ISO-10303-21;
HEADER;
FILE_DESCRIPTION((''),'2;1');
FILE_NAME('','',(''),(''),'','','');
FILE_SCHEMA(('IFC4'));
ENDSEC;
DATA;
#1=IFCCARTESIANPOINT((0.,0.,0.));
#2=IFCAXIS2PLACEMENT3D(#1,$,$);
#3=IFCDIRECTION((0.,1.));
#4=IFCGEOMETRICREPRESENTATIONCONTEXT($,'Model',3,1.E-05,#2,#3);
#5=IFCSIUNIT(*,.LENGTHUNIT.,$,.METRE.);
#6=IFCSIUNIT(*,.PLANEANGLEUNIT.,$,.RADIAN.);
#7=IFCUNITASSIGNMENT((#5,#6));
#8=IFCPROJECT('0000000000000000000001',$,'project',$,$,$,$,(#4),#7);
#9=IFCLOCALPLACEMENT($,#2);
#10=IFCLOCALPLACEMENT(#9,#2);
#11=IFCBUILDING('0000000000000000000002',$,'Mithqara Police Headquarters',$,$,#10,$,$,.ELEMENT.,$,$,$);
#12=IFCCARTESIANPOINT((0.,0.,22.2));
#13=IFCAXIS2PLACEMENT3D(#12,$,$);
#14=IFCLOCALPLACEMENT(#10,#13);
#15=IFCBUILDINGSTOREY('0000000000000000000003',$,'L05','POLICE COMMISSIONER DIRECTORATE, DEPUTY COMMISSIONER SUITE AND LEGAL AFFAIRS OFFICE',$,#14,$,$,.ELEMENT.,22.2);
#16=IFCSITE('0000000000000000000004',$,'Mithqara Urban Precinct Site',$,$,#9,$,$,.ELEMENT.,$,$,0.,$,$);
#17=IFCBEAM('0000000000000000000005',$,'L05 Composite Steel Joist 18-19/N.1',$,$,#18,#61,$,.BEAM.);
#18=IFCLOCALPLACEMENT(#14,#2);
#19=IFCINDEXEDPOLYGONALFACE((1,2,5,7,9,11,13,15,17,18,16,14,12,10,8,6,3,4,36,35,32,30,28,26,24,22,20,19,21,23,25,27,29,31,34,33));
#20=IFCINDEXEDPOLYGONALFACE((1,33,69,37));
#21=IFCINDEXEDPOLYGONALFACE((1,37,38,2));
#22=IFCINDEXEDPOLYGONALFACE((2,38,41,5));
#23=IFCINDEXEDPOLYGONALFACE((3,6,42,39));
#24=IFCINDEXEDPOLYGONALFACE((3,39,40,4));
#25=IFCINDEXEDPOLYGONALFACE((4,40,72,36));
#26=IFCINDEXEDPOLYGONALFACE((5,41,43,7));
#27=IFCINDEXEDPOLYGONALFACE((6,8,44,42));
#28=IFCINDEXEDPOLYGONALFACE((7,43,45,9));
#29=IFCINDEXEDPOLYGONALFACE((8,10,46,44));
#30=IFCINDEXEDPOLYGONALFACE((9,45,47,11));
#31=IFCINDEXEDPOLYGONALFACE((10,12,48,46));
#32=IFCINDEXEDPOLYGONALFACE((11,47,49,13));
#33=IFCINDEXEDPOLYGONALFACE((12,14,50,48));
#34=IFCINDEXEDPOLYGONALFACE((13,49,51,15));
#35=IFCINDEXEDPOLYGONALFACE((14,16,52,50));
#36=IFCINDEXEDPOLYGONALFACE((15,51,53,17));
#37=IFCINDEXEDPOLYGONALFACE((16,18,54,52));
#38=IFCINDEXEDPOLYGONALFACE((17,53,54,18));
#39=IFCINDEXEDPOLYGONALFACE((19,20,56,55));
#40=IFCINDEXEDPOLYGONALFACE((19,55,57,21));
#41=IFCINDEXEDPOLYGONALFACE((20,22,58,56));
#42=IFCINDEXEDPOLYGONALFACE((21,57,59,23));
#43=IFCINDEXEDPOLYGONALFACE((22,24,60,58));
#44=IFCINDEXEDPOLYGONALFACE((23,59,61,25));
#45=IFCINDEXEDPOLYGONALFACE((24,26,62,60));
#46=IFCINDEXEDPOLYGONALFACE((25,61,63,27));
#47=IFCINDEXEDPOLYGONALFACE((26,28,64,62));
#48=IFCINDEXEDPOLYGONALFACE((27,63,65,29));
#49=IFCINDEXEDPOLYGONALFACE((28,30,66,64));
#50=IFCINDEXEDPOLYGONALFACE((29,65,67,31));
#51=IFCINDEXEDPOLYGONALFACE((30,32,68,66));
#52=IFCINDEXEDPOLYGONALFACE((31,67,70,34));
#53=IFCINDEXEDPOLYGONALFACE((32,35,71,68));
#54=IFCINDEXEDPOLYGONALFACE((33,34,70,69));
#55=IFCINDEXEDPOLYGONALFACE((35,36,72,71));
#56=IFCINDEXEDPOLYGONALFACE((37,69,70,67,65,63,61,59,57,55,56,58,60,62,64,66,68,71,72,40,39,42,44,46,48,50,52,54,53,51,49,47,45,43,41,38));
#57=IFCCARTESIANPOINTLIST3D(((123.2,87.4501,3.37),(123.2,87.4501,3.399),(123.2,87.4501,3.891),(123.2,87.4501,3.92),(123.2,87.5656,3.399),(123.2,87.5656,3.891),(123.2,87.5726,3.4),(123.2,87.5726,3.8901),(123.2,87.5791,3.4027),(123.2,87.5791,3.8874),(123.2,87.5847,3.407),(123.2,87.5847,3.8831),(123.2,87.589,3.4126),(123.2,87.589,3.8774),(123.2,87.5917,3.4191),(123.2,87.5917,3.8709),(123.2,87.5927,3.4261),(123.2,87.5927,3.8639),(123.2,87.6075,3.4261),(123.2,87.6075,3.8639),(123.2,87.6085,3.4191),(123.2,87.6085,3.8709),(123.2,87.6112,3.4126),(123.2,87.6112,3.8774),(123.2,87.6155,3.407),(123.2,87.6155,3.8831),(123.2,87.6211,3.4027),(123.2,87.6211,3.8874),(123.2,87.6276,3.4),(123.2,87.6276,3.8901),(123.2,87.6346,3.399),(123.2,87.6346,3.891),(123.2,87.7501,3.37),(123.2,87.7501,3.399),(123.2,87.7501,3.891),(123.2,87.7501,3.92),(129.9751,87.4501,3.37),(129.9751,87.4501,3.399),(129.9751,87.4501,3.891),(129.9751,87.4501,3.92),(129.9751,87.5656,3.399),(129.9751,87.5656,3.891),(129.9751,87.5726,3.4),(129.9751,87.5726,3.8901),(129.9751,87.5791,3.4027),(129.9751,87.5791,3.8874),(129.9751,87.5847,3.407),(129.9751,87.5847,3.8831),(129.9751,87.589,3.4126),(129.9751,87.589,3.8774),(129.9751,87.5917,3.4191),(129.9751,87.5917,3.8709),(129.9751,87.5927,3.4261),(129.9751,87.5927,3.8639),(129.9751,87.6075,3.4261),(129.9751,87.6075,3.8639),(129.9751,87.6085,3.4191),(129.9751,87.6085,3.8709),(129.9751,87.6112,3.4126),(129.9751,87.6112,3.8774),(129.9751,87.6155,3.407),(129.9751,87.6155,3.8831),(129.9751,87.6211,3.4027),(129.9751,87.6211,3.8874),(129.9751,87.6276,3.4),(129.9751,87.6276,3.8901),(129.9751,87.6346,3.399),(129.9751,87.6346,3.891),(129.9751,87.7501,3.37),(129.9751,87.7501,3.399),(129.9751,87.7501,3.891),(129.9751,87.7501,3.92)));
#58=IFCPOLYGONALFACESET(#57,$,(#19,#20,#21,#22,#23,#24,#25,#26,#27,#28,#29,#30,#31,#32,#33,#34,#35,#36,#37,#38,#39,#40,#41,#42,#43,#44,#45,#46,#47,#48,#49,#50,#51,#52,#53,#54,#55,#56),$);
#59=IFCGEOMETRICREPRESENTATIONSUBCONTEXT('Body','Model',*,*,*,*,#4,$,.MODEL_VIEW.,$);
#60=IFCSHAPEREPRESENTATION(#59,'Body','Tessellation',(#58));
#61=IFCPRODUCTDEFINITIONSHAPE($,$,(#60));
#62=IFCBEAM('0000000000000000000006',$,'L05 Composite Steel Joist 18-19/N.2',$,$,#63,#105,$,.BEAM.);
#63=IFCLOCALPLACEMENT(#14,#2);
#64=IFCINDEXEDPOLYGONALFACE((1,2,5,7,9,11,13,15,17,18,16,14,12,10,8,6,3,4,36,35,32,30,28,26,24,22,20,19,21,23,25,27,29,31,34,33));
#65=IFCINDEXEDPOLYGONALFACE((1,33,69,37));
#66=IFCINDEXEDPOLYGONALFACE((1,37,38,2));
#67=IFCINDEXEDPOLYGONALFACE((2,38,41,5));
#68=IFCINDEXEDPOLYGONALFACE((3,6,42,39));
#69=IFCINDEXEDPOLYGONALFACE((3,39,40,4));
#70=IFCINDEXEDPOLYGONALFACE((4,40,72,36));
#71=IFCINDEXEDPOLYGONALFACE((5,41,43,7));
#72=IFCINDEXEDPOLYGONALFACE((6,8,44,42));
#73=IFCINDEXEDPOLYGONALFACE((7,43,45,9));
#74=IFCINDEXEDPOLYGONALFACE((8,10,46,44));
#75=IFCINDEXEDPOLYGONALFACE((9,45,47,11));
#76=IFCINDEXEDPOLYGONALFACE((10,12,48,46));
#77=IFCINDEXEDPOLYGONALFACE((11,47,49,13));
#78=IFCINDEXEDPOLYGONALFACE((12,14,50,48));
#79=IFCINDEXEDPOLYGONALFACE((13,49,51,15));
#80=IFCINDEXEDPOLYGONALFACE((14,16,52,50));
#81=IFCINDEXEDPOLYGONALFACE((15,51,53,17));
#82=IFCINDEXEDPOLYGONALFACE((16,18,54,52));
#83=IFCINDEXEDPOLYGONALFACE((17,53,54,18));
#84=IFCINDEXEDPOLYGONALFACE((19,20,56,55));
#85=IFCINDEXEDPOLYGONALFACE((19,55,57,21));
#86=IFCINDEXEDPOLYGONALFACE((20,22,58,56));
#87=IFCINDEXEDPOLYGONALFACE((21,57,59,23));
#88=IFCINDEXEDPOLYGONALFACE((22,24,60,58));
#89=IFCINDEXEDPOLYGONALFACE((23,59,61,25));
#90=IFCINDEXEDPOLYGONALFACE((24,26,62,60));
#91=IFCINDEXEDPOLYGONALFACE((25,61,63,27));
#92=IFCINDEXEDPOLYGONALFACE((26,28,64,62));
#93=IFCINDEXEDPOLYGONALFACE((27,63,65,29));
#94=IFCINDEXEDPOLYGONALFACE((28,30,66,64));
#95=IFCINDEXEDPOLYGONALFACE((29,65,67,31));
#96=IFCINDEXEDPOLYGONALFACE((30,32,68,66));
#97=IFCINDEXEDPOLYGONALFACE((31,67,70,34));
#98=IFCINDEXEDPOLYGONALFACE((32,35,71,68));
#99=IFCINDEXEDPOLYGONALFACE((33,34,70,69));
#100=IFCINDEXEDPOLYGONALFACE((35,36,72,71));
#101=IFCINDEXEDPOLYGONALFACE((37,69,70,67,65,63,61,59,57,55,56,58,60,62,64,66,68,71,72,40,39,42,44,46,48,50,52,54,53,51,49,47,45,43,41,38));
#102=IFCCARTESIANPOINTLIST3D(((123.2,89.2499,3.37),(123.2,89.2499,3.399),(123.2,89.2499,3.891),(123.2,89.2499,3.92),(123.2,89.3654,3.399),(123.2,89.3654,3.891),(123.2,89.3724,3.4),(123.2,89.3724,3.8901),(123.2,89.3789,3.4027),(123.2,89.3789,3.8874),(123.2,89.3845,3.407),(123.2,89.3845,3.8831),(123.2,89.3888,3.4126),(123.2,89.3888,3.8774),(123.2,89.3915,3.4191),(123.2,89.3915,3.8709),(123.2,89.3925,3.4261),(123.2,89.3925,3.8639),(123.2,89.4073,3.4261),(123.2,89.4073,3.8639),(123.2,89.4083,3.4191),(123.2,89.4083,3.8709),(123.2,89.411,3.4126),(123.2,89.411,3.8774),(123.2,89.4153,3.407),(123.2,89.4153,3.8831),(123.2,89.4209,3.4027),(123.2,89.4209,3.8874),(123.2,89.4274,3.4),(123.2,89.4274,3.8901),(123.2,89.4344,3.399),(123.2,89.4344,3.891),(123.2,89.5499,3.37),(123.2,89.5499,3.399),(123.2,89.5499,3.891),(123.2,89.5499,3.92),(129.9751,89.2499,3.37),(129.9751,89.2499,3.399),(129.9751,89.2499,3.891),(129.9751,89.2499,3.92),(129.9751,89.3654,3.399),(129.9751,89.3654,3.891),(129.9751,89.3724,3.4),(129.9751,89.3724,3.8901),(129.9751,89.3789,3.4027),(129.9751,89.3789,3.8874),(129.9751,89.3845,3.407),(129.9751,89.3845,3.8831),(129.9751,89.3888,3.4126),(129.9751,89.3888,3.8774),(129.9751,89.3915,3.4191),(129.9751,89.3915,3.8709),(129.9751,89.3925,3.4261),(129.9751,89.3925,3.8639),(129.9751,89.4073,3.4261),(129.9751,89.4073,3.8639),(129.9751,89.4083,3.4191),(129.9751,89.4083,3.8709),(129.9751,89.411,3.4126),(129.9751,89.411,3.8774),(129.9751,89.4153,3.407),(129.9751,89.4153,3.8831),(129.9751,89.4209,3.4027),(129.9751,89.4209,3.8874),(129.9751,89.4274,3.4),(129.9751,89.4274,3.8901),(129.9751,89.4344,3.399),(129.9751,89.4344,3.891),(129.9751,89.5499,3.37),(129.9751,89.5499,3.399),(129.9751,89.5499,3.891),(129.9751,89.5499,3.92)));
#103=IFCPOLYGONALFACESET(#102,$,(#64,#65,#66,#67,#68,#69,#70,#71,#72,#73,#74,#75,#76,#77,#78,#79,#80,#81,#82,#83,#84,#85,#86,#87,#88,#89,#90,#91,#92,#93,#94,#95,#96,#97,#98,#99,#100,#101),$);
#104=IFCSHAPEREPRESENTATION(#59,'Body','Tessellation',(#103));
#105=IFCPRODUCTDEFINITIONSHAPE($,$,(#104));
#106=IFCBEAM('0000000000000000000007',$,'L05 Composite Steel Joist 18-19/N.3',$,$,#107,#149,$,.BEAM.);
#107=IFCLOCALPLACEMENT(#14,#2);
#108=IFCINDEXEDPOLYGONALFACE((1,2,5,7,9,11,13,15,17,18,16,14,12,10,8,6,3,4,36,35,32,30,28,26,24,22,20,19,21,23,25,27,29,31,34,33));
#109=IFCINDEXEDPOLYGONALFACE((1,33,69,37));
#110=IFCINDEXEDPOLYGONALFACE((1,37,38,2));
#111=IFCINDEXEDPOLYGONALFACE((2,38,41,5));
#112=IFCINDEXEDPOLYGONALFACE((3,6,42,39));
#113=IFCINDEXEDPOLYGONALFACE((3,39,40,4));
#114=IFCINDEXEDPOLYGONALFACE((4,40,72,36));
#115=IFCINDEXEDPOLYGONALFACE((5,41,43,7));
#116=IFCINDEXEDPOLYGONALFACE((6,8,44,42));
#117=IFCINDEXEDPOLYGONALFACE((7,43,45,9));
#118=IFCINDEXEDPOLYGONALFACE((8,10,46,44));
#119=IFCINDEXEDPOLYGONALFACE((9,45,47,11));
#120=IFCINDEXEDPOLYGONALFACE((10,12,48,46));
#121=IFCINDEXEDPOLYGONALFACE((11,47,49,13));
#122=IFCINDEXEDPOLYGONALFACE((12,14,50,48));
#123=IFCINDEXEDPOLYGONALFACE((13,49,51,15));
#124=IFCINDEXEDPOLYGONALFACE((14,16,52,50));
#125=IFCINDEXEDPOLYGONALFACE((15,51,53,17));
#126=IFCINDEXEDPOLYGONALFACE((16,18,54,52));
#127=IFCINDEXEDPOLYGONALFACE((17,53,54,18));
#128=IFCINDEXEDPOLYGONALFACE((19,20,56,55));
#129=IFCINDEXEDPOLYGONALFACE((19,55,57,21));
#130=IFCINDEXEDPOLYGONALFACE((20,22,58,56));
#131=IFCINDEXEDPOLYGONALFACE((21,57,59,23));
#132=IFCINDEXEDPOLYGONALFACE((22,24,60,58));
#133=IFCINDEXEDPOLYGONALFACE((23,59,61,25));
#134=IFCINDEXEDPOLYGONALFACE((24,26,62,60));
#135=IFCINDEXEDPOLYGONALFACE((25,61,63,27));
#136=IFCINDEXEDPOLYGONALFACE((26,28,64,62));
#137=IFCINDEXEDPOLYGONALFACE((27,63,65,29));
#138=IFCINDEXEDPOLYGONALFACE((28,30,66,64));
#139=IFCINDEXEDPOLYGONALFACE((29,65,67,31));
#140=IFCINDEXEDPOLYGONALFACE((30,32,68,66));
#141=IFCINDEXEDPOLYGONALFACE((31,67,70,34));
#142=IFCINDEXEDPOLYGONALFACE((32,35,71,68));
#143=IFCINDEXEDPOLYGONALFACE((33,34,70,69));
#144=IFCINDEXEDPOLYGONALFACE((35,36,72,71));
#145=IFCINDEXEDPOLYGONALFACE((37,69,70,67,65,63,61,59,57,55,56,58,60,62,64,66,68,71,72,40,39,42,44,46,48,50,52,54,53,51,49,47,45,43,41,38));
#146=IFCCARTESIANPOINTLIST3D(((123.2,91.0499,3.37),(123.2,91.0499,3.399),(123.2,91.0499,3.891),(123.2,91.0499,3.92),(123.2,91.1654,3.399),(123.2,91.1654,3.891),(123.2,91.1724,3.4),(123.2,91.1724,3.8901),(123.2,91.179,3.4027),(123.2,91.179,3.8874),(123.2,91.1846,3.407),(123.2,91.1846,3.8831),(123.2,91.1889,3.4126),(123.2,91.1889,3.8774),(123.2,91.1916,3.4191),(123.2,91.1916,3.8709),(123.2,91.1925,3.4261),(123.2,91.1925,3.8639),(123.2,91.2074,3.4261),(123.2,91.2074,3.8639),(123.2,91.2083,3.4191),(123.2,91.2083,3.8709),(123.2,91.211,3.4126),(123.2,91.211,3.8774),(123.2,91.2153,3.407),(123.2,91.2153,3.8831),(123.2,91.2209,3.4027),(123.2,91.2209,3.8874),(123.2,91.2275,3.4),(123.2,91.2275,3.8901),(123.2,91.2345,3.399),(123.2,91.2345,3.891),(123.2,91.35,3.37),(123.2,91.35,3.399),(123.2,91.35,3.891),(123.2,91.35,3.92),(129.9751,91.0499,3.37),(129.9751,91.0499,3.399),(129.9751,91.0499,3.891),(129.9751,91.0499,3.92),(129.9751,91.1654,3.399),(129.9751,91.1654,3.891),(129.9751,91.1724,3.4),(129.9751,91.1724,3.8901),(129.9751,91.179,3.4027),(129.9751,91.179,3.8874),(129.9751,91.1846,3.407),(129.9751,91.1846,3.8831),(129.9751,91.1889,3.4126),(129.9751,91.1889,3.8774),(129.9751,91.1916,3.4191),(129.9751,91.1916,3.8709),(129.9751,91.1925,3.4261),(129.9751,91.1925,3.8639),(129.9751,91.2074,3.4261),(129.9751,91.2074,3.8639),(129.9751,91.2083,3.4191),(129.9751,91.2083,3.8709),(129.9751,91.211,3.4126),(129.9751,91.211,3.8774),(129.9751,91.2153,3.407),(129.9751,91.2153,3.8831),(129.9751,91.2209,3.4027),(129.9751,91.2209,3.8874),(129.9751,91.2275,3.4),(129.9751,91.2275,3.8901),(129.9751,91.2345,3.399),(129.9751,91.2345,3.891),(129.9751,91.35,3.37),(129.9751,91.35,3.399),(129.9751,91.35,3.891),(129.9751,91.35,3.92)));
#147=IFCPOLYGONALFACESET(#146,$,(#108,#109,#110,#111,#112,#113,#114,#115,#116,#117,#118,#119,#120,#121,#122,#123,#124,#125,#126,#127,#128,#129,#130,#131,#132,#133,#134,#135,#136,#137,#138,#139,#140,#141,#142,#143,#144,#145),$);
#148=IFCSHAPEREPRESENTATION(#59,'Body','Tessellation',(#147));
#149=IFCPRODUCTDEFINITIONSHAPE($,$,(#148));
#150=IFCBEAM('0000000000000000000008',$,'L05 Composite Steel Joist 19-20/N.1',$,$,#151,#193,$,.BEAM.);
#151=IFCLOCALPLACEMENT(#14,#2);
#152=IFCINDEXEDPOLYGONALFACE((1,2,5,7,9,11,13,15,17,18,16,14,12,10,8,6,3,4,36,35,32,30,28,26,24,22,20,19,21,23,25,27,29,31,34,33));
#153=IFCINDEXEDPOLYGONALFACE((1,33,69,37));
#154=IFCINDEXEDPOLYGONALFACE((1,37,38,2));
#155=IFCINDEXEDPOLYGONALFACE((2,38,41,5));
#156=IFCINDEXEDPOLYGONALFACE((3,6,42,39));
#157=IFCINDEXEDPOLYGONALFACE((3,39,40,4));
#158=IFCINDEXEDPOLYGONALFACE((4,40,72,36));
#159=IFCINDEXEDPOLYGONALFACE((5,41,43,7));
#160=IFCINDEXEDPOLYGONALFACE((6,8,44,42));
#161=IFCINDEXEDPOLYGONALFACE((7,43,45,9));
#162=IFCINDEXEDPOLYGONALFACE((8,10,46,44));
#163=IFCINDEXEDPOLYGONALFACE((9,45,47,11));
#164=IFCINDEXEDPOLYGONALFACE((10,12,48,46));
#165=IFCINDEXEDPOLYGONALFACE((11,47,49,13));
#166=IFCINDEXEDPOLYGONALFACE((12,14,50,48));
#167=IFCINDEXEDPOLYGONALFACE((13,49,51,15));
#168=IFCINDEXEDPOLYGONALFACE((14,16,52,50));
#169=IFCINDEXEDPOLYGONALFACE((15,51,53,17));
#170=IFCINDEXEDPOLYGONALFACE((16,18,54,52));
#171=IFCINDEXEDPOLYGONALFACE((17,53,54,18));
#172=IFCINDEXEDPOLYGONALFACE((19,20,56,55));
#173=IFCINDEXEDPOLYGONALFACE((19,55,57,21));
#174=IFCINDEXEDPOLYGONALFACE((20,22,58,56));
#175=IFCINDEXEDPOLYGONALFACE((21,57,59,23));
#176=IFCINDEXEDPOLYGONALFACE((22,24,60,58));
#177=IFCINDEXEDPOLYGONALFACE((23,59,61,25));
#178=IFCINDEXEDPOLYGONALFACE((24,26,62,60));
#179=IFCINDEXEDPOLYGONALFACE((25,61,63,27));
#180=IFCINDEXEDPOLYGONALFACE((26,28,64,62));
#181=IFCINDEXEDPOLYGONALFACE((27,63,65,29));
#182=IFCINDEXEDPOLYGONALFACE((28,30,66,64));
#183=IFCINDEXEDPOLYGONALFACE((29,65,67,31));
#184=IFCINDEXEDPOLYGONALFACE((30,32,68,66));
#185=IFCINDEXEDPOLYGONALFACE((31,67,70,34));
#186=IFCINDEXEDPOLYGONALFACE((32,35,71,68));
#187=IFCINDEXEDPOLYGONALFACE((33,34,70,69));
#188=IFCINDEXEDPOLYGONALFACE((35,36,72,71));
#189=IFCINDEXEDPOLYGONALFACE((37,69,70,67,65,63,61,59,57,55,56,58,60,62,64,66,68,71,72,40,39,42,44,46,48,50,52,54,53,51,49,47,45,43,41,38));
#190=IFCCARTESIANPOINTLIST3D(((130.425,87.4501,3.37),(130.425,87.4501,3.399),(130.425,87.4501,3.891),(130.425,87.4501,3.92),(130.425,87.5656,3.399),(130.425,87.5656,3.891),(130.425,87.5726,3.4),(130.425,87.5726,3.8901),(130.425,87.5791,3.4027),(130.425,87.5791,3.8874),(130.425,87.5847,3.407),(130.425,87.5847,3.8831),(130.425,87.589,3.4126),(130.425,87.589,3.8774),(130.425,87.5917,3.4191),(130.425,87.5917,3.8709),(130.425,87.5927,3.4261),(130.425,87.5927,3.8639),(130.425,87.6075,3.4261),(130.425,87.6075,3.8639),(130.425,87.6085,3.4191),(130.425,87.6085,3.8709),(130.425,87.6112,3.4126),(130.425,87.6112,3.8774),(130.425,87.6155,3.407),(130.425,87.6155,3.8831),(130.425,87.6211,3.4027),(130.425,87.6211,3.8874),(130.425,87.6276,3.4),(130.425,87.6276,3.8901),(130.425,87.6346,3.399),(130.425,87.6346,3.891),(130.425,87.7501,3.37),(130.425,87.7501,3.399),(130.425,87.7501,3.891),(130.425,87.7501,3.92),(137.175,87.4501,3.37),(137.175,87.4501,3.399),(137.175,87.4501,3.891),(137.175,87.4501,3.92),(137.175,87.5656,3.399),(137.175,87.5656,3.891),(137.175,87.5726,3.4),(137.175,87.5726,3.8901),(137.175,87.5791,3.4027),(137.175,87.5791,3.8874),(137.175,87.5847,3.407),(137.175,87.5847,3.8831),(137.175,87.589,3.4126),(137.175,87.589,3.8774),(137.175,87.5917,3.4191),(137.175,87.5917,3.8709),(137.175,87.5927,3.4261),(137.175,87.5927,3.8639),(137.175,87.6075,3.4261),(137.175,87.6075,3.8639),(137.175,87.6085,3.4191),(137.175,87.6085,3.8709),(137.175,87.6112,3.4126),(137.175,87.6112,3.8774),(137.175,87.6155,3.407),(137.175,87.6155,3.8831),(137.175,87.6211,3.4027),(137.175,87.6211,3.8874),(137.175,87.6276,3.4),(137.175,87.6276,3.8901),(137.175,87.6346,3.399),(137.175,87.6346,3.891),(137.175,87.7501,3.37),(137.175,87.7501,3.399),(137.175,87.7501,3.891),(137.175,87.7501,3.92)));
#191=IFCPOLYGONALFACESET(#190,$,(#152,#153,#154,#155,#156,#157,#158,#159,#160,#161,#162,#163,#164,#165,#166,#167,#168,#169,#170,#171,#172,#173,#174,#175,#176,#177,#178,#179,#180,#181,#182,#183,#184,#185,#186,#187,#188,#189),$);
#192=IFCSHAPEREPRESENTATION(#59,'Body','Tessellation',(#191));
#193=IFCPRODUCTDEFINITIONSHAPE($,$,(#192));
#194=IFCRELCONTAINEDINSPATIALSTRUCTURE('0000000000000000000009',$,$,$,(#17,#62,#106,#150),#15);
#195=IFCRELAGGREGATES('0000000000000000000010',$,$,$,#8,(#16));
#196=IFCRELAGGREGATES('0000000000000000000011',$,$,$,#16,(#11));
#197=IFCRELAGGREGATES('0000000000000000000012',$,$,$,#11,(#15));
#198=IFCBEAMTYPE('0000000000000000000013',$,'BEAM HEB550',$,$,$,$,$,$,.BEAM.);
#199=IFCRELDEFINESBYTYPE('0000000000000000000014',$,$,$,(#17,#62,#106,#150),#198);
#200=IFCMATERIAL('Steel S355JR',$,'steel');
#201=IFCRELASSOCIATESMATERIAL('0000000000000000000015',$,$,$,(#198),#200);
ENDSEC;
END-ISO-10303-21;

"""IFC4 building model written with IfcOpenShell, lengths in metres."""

from ifc_helpers import new_model, si_unit, direction, frame, origin, origin_2d, place, context, subcontext, project, spatial, i_section, extrude, material, material_profile, profile_set, type_object, element, save


model = new_model("IFC4")

# Units and contexts
model_context = context("Model", 3, precision=1e-05, world=origin(), true_north=direction((0.0, 1.0)))
body_context = subcontext(model_context, "Body", "Model", "MODEL_VIEW")
ifc_project = project(units=[si_unit("LENGTHUNIT", "METRE"), si_unit("PLANEANGLEUNIT", "RADIAN")], contexts=[model_context])

# Site, building, storey
site_placement = place(None, origin())
site = spatial("IfcSite", under=ifc_project, at=site_placement, Name="Mithqara Urban Precinct Site", CompositionType="ELEMENT", RefElevation=0.0)
building_placement = place(site_placement, origin())
building = spatial("IfcBuilding", under=site, at=building_placement, Name="Mithqara Police Headquarters", CompositionType="ELEMENT")
storey_placement = place(building_placement, frame((0.0, 0.0, 22.2)))
storey = spatial("IfcBuildingStorey", under=building, at=storey_placement, Name="L05", Description="POLICE COMMISSIONER DIRECTORATE, DEPUTY COMMISSIONER SUITE AND LEGAL AFFAIRS OFFICE", CompositionType="ELEMENT", Elevation=22.2)

# Beams
ifc_material_1 = material(Name="Steel S355JR", Category="steel")
ifc_material_profile_1 = material_profile(ifc_material_1, i_section(OverallWidth=0.3, OverallDepth=0.55, WebThickness=0.0149, FlangeThickness=0.0291, FilletRadius=0.0271, at=origin_2d()), Name="HEB 550")
ifc_profile_set_1 = profile_set([ifc_material_profile_1], Name="Steel S355JR")
beam_type_1 = type_object("IfcBeamType", Name="BEAM HEB550", PredefinedType="BEAM", material=ifc_profile_set_1)
for number, where, z_axis, x_axis, name in (
    (1, (123.2, 87.6001, 3.645), (1.0, 0.0, 0.0), (0.0, 1.0, 0.0), "L05 Composite Steel Joist 18-19/N.1"),
    (2, (123.2, 89.3999, 3.645), (1.0, 0.0, 0.0), (0.0, 1.0, 0.0), "L05 Composite Steel Joist 18-19/N.2"),
    (3, (123.2, 91.2, 3.645), (1.0, 0.0, 0.0), (0.0, 1.0, 0.0), "L05 Composite Steel Joist 18-19/N.3"),
):
    element("IfcBeam", number, at=place(storey_placement, frame(where, z_axis=z_axis, x_axis=x_axis)), inside=storey, type_object=beam_type_1, Name=name, PredefinedType="BEAM", context=body_context, shape_type="SweptSolid", body=[
        extrude(i_section(OverallWidth=0.3, OverallDepth=0.55, WebThickness=0.0149, FlangeThickness=0.0291, FilletRadius=0.0271, at=origin_2d()), origin(), (0.0, 0.0, 1.0), 6.7751),
    ])
for number, where, z_axis, x_axis, name in (
    (4, (130.425, 87.6001, 3.645), (1.0, 0.0, 0.0), (0.0, 1.0, 0.0), "L05 Composite Steel Joist 19-20/N.1"),
):
    element("IfcBeam", number, at=place(storey_placement, frame(where, z_axis=z_axis, x_axis=x_axis)), inside=storey, type_object=beam_type_1, Name=name, PredefinedType="BEAM", context=body_context, shape_type="SweptSolid", body=[
        extrude(i_section(OverallWidth=0.3, OverallDepth=0.55, WebThickness=0.0149, FlangeThickness=0.0291, FilletRadius=0.0271, at=origin_2d()), origin(), (0.0, 0.0, 1.0), 6.75),
    ])

save(model, "model.ifc")
